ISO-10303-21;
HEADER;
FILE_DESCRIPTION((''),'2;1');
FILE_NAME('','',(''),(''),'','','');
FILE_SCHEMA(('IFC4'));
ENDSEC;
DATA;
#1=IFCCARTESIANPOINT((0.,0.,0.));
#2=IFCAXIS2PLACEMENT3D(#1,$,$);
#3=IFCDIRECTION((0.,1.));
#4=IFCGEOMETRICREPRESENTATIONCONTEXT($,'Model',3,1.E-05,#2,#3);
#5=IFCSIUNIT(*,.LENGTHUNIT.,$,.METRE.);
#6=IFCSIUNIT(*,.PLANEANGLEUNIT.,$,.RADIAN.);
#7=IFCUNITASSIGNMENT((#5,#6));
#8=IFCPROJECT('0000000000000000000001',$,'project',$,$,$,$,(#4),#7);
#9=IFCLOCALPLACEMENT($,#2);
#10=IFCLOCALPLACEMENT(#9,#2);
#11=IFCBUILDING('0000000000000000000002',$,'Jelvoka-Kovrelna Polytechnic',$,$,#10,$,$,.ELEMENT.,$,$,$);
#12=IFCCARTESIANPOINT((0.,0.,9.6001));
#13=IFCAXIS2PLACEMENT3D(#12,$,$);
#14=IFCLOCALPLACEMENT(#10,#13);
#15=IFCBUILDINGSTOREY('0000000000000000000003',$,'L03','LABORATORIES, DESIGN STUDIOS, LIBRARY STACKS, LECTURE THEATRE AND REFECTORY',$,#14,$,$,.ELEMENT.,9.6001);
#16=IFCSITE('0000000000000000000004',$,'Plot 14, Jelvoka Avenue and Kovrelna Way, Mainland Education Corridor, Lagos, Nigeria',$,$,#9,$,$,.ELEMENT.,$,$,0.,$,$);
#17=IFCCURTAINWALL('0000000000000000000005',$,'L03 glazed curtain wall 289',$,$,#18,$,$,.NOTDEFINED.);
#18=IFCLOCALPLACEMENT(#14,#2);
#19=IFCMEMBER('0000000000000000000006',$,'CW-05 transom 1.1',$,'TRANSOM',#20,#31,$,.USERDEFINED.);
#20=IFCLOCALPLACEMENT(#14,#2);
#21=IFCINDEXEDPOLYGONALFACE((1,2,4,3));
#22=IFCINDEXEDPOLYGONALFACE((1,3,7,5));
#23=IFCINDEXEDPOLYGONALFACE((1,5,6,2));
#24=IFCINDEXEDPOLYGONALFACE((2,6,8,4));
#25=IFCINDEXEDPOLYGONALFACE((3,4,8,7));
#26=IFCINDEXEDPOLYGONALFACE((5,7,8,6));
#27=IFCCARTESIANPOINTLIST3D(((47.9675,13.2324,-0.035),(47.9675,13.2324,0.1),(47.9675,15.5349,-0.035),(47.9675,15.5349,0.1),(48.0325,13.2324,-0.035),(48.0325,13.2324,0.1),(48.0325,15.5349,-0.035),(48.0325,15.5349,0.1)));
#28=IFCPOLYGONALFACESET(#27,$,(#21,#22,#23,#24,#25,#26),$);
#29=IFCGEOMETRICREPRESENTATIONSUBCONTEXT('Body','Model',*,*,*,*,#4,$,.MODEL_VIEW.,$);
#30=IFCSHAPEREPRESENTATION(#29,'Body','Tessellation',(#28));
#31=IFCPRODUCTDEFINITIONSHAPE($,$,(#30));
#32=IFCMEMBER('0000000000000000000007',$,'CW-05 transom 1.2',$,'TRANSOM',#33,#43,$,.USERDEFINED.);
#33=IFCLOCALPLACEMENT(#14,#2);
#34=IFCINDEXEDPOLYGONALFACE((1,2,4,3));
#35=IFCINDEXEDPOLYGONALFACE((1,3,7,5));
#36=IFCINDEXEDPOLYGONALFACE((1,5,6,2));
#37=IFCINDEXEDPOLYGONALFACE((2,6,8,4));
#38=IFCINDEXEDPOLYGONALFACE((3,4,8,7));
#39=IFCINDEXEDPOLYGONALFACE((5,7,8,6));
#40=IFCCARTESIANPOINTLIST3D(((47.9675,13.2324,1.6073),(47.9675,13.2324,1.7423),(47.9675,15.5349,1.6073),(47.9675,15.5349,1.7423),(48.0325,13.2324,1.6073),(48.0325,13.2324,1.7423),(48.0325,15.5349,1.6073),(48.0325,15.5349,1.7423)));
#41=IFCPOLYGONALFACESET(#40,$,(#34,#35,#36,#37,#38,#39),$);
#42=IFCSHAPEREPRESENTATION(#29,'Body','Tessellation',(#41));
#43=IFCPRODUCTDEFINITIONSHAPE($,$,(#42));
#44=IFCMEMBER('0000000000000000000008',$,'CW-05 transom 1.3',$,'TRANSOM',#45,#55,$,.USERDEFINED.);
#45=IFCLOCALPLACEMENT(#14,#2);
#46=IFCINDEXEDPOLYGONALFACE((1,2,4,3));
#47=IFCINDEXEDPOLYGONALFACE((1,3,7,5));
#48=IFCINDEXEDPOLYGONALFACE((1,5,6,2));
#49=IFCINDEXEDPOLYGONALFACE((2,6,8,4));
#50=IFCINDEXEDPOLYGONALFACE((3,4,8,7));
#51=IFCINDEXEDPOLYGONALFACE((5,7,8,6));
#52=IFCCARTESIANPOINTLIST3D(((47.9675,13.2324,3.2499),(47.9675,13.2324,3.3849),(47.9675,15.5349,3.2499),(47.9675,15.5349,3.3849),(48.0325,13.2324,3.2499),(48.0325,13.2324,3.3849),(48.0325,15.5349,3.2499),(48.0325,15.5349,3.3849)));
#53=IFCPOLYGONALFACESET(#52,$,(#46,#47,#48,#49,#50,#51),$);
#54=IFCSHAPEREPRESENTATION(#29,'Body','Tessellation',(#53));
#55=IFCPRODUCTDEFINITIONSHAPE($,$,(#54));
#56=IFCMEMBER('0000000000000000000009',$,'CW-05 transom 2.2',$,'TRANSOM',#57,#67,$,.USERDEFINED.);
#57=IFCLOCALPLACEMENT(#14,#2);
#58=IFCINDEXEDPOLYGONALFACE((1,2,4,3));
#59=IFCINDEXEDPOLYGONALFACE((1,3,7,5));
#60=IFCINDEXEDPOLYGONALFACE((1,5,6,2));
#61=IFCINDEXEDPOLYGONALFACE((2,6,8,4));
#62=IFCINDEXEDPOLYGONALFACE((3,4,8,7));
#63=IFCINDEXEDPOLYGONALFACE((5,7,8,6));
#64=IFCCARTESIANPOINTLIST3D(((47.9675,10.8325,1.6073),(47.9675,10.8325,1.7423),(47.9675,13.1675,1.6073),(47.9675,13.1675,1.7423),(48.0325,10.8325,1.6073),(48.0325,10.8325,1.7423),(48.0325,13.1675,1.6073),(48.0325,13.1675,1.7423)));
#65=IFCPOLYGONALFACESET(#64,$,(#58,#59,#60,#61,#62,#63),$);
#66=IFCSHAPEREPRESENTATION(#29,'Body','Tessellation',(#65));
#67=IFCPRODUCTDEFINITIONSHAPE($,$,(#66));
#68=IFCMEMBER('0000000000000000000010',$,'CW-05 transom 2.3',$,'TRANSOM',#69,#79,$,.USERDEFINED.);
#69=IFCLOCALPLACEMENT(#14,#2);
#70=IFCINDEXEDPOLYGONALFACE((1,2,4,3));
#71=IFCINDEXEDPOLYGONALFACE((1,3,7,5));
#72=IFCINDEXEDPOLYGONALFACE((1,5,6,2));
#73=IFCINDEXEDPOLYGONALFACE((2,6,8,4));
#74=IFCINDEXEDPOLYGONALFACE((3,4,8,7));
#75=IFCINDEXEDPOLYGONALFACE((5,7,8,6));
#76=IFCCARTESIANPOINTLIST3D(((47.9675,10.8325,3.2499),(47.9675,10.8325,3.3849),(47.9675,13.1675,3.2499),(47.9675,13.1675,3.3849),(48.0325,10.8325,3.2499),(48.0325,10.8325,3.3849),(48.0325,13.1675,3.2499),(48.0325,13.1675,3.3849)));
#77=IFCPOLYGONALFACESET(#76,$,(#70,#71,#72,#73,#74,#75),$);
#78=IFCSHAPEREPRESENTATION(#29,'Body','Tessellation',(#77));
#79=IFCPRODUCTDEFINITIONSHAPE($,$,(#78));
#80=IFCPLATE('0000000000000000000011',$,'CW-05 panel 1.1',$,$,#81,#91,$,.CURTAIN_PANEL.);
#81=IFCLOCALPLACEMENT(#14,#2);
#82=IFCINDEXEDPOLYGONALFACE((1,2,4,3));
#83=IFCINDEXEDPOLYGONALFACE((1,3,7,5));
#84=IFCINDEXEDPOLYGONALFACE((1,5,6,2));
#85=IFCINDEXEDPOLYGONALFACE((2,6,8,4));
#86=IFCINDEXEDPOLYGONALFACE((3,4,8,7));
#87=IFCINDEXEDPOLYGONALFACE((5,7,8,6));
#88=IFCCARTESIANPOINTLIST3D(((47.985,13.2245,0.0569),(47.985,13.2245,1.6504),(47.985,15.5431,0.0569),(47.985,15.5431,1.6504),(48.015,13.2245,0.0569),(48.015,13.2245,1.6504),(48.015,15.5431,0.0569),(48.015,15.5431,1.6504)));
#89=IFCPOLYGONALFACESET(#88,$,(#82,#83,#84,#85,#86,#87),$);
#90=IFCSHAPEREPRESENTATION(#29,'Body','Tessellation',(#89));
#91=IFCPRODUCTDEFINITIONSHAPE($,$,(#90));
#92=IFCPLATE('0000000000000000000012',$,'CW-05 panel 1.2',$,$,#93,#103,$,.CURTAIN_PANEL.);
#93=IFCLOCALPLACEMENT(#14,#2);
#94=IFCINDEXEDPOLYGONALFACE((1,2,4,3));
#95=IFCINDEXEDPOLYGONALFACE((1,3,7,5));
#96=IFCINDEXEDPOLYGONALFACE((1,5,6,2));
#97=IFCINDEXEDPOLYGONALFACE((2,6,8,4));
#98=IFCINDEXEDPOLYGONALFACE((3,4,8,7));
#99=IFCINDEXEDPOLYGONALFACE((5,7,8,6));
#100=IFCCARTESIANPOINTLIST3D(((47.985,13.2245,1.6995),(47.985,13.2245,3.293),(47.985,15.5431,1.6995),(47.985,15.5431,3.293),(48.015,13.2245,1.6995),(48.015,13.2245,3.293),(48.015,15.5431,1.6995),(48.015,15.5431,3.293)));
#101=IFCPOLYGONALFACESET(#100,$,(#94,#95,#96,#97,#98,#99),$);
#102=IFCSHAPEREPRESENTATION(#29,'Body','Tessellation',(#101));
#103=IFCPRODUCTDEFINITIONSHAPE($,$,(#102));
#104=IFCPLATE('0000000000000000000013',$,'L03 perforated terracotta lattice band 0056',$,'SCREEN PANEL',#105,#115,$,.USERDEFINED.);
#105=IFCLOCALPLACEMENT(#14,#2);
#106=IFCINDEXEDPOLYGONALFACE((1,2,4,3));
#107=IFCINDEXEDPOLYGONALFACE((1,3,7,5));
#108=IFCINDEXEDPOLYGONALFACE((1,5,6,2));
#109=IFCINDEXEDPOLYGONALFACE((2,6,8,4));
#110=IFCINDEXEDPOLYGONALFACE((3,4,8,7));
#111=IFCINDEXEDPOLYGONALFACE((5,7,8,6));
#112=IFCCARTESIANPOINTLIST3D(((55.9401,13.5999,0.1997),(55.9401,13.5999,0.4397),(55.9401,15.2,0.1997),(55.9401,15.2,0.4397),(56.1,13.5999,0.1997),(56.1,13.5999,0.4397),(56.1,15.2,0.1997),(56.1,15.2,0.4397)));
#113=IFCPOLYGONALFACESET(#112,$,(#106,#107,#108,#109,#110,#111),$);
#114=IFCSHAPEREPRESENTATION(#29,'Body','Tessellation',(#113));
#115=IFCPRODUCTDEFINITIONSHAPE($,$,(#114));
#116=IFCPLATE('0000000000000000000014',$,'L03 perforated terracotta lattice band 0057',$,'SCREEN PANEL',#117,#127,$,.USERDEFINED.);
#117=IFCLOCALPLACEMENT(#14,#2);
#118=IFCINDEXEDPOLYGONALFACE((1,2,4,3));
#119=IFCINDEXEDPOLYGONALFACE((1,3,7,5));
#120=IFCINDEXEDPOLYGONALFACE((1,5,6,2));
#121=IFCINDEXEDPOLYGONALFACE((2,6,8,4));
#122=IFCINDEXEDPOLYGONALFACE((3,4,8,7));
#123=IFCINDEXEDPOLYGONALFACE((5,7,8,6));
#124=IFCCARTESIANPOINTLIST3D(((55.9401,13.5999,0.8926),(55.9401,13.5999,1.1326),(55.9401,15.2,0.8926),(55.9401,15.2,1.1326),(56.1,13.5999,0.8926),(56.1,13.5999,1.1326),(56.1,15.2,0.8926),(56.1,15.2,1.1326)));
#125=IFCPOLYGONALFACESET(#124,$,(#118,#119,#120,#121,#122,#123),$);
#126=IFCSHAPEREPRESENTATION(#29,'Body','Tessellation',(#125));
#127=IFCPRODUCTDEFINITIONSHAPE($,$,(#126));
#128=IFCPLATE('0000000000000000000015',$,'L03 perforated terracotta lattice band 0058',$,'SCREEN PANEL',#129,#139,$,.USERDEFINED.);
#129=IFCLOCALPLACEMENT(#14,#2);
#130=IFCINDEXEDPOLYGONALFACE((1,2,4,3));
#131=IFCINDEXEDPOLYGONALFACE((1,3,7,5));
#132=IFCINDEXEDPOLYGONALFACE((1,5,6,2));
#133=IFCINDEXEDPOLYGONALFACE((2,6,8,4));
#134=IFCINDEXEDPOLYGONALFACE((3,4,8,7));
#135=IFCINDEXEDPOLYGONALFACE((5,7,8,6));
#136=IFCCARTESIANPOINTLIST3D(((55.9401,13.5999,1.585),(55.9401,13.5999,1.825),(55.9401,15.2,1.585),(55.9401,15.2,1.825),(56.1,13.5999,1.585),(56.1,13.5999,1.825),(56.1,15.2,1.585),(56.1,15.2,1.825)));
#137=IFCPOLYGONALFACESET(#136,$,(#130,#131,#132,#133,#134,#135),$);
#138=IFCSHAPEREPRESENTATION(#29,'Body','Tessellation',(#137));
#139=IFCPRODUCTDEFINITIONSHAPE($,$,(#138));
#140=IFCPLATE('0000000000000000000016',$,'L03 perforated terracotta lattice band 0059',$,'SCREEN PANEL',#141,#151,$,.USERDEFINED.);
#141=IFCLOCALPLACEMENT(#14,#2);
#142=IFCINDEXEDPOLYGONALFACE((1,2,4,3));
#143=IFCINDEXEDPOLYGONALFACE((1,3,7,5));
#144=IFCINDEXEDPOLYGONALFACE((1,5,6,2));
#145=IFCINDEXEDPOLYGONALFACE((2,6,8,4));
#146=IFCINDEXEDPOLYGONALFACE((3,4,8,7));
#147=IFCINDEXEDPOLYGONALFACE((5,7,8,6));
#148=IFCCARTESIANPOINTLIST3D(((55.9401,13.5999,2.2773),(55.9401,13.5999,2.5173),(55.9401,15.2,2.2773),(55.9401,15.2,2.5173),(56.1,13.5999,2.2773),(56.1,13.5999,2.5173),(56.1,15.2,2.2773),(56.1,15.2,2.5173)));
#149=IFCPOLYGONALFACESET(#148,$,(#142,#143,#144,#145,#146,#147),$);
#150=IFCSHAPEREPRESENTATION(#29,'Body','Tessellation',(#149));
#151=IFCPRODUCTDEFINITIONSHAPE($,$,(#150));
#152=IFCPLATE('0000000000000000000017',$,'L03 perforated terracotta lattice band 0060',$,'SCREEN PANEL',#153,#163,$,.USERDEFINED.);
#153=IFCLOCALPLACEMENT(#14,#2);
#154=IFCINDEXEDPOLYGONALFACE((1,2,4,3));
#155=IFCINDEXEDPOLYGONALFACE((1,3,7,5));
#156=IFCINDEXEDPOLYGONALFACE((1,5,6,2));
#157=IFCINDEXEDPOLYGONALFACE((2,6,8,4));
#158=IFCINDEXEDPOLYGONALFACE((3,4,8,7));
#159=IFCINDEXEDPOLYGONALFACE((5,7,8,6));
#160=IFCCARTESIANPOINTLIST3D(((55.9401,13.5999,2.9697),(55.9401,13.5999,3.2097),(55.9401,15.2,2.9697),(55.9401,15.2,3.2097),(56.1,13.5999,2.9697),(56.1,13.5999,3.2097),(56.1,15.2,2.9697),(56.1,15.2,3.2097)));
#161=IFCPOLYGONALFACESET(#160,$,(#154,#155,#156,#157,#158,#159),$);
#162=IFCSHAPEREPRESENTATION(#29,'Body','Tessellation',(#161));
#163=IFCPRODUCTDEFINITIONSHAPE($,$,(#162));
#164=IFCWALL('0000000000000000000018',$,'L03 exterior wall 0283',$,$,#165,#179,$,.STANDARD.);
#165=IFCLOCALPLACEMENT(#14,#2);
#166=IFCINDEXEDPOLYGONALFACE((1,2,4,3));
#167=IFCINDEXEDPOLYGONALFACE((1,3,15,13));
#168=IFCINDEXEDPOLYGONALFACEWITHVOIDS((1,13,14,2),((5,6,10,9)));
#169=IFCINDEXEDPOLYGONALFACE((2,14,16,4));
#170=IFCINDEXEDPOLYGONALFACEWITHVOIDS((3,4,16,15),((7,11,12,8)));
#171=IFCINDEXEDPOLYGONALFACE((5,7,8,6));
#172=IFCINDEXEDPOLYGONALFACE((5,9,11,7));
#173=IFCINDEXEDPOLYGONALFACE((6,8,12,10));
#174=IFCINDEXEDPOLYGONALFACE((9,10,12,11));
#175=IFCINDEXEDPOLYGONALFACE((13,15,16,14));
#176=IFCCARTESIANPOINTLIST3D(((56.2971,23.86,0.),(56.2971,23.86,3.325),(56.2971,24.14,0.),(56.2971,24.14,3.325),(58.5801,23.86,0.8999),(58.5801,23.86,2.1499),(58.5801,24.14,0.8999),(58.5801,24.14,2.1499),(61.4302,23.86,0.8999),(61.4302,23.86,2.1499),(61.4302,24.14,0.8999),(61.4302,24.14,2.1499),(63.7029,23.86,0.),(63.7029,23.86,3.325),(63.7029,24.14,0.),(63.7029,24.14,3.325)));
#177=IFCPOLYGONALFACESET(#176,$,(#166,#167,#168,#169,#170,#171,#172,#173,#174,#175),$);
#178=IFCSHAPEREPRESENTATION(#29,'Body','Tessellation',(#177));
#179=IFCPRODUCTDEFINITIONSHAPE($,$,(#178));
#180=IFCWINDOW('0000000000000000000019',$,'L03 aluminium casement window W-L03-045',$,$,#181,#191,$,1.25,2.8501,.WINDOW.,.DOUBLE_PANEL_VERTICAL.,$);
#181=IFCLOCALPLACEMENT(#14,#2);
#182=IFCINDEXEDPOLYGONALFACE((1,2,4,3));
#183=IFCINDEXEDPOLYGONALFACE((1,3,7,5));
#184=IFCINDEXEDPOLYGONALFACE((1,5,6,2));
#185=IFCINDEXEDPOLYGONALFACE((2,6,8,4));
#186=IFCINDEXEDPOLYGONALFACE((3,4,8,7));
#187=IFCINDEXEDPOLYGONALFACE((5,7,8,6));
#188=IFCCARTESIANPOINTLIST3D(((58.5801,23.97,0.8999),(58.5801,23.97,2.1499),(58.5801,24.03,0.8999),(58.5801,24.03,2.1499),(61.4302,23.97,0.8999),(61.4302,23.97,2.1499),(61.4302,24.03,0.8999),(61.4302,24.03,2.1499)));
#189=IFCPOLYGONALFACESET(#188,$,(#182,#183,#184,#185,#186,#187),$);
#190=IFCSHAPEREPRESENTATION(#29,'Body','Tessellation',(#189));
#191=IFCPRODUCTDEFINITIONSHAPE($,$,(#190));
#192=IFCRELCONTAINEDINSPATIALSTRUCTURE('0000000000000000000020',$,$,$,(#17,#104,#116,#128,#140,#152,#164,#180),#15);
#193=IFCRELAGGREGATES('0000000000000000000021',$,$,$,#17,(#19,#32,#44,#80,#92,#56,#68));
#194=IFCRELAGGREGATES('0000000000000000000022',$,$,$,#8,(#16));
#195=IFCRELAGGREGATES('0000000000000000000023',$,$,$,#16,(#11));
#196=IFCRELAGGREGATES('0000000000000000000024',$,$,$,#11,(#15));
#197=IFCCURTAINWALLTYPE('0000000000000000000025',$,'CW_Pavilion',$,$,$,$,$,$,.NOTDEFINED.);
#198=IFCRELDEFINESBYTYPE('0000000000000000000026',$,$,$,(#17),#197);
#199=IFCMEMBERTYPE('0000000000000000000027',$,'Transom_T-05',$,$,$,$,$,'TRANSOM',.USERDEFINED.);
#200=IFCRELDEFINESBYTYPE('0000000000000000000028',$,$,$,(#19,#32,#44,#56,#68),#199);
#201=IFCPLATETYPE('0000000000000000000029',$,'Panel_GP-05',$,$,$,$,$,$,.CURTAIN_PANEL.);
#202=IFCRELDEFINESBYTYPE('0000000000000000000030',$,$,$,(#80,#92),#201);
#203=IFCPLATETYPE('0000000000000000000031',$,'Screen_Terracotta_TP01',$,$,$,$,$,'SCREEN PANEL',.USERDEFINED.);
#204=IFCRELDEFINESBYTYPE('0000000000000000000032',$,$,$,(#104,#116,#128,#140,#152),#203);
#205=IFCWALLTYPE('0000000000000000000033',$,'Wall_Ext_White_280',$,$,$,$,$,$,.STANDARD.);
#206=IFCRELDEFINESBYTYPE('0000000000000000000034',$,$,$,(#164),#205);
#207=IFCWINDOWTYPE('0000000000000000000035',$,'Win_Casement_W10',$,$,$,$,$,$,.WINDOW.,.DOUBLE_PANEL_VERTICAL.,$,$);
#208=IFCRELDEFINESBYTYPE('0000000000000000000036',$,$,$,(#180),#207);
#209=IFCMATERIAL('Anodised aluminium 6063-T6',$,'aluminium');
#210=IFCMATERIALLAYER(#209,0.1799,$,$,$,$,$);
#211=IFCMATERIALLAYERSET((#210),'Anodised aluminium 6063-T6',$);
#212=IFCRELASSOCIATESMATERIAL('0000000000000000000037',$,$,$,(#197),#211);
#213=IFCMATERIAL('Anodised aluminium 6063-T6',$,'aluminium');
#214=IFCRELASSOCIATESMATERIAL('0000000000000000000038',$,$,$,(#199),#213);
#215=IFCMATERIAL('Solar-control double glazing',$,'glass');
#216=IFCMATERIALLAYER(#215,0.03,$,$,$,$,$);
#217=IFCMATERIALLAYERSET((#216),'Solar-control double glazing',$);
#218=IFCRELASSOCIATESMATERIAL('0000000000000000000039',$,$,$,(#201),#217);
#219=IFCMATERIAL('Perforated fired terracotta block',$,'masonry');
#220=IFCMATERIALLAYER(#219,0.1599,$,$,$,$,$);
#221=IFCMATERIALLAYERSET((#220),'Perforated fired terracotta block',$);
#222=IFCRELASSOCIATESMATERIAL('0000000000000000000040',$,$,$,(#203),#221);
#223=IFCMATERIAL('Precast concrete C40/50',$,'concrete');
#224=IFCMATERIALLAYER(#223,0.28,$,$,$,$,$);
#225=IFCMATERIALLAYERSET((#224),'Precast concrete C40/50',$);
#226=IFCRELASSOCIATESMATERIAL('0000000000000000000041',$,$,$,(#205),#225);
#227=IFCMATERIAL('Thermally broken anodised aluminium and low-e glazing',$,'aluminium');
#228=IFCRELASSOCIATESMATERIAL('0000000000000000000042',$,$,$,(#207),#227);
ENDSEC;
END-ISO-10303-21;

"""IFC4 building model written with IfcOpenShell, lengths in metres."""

from ifc_helpers import new_model, si_unit, direction, frame, frame_2d, origin, origin_2d, place, context, subcontext, project, spatial, rectangle, extrude, material, layer, layer_set, material_profile, profile_set, type_object, element, fill, aggregate, save


model = new_model("IFC4")

# Units and contexts
model_context = context("Model", 3, precision=1e-05, world=origin(), true_north=direction((0.0, 1.0)))
body_context = subcontext(model_context, "Body", "Model", "MODEL_VIEW")
ifc_project = project(units=[si_unit("LENGTHUNIT", "METRE"), si_unit("PLANEANGLEUNIT", "RADIAN")], contexts=[model_context])

# Site, building, storey
site_placement = place(None, origin())
site = spatial("IfcSite", under=ifc_project, at=site_placement, Name="Plot 14, Jelvoka Avenue and Kovrelna Way, Mainland Education Corridor, Lagos, Nigeria", CompositionType="ELEMENT", RefElevation=0.0)
building_placement = place(site_placement, origin())
building = spatial("IfcBuilding", under=site, at=building_placement, Name="Jelvoka-Kovrelna Polytechnic", CompositionType="ELEMENT")
storey_placement = place(building_placement, frame((0.0, 0.0, 9.6001)))
storey = spatial("IfcBuildingStorey", under=building, at=storey_placement, Name="L03", Description="LABORATORIES, DESIGN STUDIOS, LIBRARY STACKS, LECTURE THEATRE AND REFECTORY", CompositionType="ELEMENT", Elevation=9.6001)

# Curtain wall
ifc_material_1 = material(Name="Anodised aluminium 6063-T6", Category="aluminium")
ifc_layer_1 = layer(ifc_material_1, 0.1799)
ifc_layer_set_1 = layer_set([ifc_layer_1], Name="Anodised aluminium 6063-T6")
curtain_wall_type = type_object("IfcCurtainWallType", Name="CW_Pavilion", PredefinedType="NOTDEFINED", material=ifc_layer_set_1)
curtain_wall_placement = place(storey_placement, origin())
curtain_wall = element("IfcCurtainWall", 1, at=curtain_wall_placement, inside=storey, type_object=curtain_wall_type, Name="L03 glazed curtain wall 289", PredefinedType="NOTDEFINED")

# Members
ifc_material_2 = material(Name="Anodised aluminium 6063-T6", Category="aluminium")
ifc_material_profile_1 = material_profile(ifc_material_2, rectangle(XDim=0.0649, YDim=0.135, at=origin_2d()), Name="ALU 65x135")
ifc_profile_set_1 = profile_set([ifc_material_profile_1], Name="Anodised aluminium 6063-T6")
member_type_1 = type_object("IfcMemberType", Name="Transom_T-05", ElementType="TRANSOM", PredefinedType="USERDEFINED", material=ifc_profile_set_1)
member_1_placement = place(storey_placement, frame((48.0, 15.5349, 0.0325), z_axis=(0.0, -1.0, 0.0), x_axis=(1.0, 0.0, 0.0)))
member_1 = element("IfcMember", 2, at=member_1_placement, type_object=member_type_1, Name="CW-05 transom 1.1", ObjectType="TRANSOM", PredefinedType="USERDEFINED", context=body_context, shape_type="SweptSolid", body=[
    extrude(rectangle(XDim=0.0649, YDim=0.135, at=origin_2d()), origin(), (0.0, 0.0, 1.0), 2.3025),
])
member_2_placement = place(storey_placement, frame((48.0, 15.5349, 1.6748), z_axis=(0.0, -1.0, 0.0), x_axis=(1.0, 0.0, 0.0)))
member_2 = element("IfcMember", 3, at=member_2_placement, type_object=member_type_1, Name="CW-05 transom 1.2", ObjectType="TRANSOM", PredefinedType="USERDEFINED", context=body_context, shape_type="SweptSolid", body=[
    extrude(rectangle(XDim=0.0649, YDim=0.135, at=origin_2d()), origin(), (0.0, 0.0, 1.0), 2.3025),
])
member_3_placement = place(storey_placement, frame((48.0, 15.5349, 3.3174), z_axis=(0.0, -1.0, 0.0), x_axis=(1.0, 0.0, 0.0)))
member_3 = element("IfcMember", 4, at=member_3_placement, type_object=member_type_1, Name="CW-05 transom 1.3", ObjectType="TRANSOM", PredefinedType="USERDEFINED", context=body_context, shape_type="SweptSolid", body=[
    extrude(rectangle(XDim=0.0649, YDim=0.135, at=origin_2d()), origin(), (0.0, 0.0, 1.0), 2.3025),
])
member_4_placement = place(storey_placement, frame((48.0, 13.1675, 1.6748), z_axis=(0.0, -1.0, 0.0), x_axis=(1.0, 0.0, 0.0)))
member_4 = element("IfcMember", 5, at=member_4_placement, type_object=member_type_1, Name="CW-05 transom 2.2", ObjectType="TRANSOM", PredefinedType="USERDEFINED", context=body_context, shape_type="SweptSolid", body=[
    extrude(rectangle(XDim=0.0649, YDim=0.135, at=origin_2d()), origin(), (0.0, 0.0, 1.0), 2.335),
])
member_5_placement = place(storey_placement, frame((48.0, 13.1675, 3.3174), z_axis=(0.0, -1.0, 0.0), x_axis=(1.0, 0.0, 0.0)))
member_5 = element("IfcMember", 6, at=member_5_placement, type_object=member_type_1, Name="CW-05 transom 2.3", ObjectType="TRANSOM", PredefinedType="USERDEFINED", context=body_context, shape_type="SweptSolid", body=[
    extrude(rectangle(XDim=0.0649, YDim=0.135, at=origin_2d()), origin(), (0.0, 0.0, 1.0), 2.335),
])

# Plates
ifc_material_3 = material(Name="Solar-control double glazing", Category="glass")
ifc_layer_2 = layer(ifc_material_3, 0.03)
ifc_layer_set_2 = layer_set([ifc_layer_2], Name="Solar-control double glazing")
plate_type_1 = type_object("IfcPlateType", Name="Panel_GP-05", PredefinedType="CURTAIN_PANEL", material=ifc_layer_set_2)
plate_1_placement = place(storey_placement, frame((48.0, 14.3838, 0.0569), z_axis=(0.0, 0.0, 1.0), x_axis=(0.0, -1.0, 0.0)))
plate_1 = element("IfcPlate", 7, at=plate_1_placement, type_object=plate_type_1, Name="CW-05 panel 1.1", PredefinedType="CURTAIN_PANEL", context=body_context, shape_type="SweptSolid", body=[
    extrude(rectangle(XDim=2.3186, YDim=0.03, at=origin_2d()), origin(), (0.0, 0.0, 1.0), 1.5935),
])
plate_2_placement = place(storey_placement, frame((48.0, 14.3838, 1.6995), z_axis=(0.0, 0.0, 1.0), x_axis=(0.0, -1.0, 0.0)))
plate_2 = element("IfcPlate", 8, at=plate_2_placement, type_object=plate_type_1, Name="CW-05 panel 1.2", PredefinedType="CURTAIN_PANEL", context=body_context, shape_type="SweptSolid", body=[
    extrude(rectangle(XDim=2.3186, YDim=0.03, at=origin_2d()), origin(), (0.0, 0.0, 1.0), 1.5935),
])
aggregate(curtain_wall, [member_1, member_2, member_3, plate_1, plate_2, member_4, member_5])

# Plates
ifc_material_4 = material(Name="Perforated fired terracotta block", Category="masonry")
ifc_layer_3 = layer(ifc_material_4, 0.1599)
ifc_layer_set_3 = layer_set([ifc_layer_3], Name="Perforated fired terracotta block")
plate_type_2 = type_object("IfcPlateType", Name="Screen_Terracotta_TP01", ElementType="SCREEN PANEL", PredefinedType="USERDEFINED", material=ifc_layer_set_3)
for number, where, z_axis, x_axis, name in (
    (9, (56.02, 14.3999, 0.1997), (0.0, 0.0, 1.0), (0.0, 1.0, 0.0), "L03 perforated terracotta lattice band 0056"),
    (10, (56.02, 14.3999, 0.8926), (0.0, 0.0, 1.0), (0.0, 1.0, 0.0), "L03 perforated terracotta lattice band 0057"),
    (11, (56.02, 14.3999, 1.585), (0.0, 0.0, 1.0), (0.0, 1.0, 0.0), "L03 perforated terracotta lattice band 0058"),
    (12, (56.02, 14.3999, 2.2773), (0.0, 0.0, 1.0), (0.0, 1.0, 0.0), "L03 perforated terracotta lattice band 0059"),
    (13, (56.02, 14.3999, 2.9697), (0.0, 0.0, 1.0), (0.0, 1.0, 0.0), "L03 perforated terracotta lattice band 0060"),
):
    element("IfcPlate", number, at=place(storey_placement, frame(where, z_axis=z_axis, x_axis=x_axis)), inside=storey, type_object=plate_type_2, Name=name, ObjectType="SCREEN PANEL", PredefinedType="USERDEFINED", context=body_context, shape_type="SweptSolid", body=[
        extrude(rectangle(XDim=1.6001, YDim=0.1599, at=origin_2d()), origin(), (0.0, 0.0, 1.0), 0.24),
    ])

# Wall, opening, window
ifc_material_5 = material(Name="Precast concrete C40/50", Category="concrete")
ifc_layer_4 = layer(ifc_material_5, 0.28)
ifc_layer_set_4 = layer_set([ifc_layer_4], Name="Precast concrete C40/50")
wall_type_1 = type_object("IfcWallType", Name="Wall_Ext_White_280", PredefinedType="STANDARD", material=ifc_layer_set_4)
wall_1_placement = place(storey_placement, frame((56.2971, 24.0, 0.0), z_axis=(0.0, 0.0, 1.0), x_axis=(1.0, 0.0, 0.0)))
wall_1 = element("IfcWall", 14, at=wall_1_placement, inside=storey, type_object=wall_type_1, Name="L03 exterior wall 0283", PredefinedType="STANDARD", context=body_context, shape_type="SweptSolid", body=[
    extrude(rectangle(XDim=7.4058, YDim=0.28, at=frame_2d((3.7029, 0.0))), origin(), (0.0, 0.0, 1.0), 3.325),
])
opening_placement = place(wall_1_placement, frame((2.283, 0.0, 0.8999)))
opening = element("IfcOpeningElement", 15, at=opening_placement, cuts=wall_1, PredefinedType="OPENING", context=body_context, shape_type="SweptSolid", body=[
    extrude(rectangle(XDim=2.8501, YDim=1.25, at=frame_2d((1.425, 0.625))), frame((0.0, 0.1501, 0.0), z_axis=(0.0, -1.0, 0.0), x_axis=(1.0, 0.0, 0.0)), (0.0, 0.0, 1.0), 0.3),
])
ifc_material_6 = material(Name="Thermally broken anodised aluminium and low-e glazing", Category="aluminium")
window_type = type_object("IfcWindowType", Name="Win_Casement_W10", PartitioningType="DOUBLE_PANEL_VERTICAL", PredefinedType="WINDOW", material=ifc_material_6)
window_placement = place(opening_placement, origin())
window = element("IfcWindow", 16, at=window_placement, inside=storey, type_object=window_type, Name="L03 aluminium casement window W-L03-045", OverallHeight=1.25, OverallWidth=2.8501, PartitioningType="DOUBLE_PANEL_VERTICAL", PredefinedType="WINDOW", context=body_context, shape_type="SweptSolid", body=[
    extrude(rectangle(XDim=2.8501, YDim=1.25, at=frame_2d((1.425, 0.625))), frame((0.0, 0.03, 0.0), z_axis=(0.0, -1.0, 0.0), x_axis=(1.0, 0.0, 0.0)), (0.0, 0.0, 1.0), 0.0601),
])
fill(opening, window)

save(model, "model.ifc")
